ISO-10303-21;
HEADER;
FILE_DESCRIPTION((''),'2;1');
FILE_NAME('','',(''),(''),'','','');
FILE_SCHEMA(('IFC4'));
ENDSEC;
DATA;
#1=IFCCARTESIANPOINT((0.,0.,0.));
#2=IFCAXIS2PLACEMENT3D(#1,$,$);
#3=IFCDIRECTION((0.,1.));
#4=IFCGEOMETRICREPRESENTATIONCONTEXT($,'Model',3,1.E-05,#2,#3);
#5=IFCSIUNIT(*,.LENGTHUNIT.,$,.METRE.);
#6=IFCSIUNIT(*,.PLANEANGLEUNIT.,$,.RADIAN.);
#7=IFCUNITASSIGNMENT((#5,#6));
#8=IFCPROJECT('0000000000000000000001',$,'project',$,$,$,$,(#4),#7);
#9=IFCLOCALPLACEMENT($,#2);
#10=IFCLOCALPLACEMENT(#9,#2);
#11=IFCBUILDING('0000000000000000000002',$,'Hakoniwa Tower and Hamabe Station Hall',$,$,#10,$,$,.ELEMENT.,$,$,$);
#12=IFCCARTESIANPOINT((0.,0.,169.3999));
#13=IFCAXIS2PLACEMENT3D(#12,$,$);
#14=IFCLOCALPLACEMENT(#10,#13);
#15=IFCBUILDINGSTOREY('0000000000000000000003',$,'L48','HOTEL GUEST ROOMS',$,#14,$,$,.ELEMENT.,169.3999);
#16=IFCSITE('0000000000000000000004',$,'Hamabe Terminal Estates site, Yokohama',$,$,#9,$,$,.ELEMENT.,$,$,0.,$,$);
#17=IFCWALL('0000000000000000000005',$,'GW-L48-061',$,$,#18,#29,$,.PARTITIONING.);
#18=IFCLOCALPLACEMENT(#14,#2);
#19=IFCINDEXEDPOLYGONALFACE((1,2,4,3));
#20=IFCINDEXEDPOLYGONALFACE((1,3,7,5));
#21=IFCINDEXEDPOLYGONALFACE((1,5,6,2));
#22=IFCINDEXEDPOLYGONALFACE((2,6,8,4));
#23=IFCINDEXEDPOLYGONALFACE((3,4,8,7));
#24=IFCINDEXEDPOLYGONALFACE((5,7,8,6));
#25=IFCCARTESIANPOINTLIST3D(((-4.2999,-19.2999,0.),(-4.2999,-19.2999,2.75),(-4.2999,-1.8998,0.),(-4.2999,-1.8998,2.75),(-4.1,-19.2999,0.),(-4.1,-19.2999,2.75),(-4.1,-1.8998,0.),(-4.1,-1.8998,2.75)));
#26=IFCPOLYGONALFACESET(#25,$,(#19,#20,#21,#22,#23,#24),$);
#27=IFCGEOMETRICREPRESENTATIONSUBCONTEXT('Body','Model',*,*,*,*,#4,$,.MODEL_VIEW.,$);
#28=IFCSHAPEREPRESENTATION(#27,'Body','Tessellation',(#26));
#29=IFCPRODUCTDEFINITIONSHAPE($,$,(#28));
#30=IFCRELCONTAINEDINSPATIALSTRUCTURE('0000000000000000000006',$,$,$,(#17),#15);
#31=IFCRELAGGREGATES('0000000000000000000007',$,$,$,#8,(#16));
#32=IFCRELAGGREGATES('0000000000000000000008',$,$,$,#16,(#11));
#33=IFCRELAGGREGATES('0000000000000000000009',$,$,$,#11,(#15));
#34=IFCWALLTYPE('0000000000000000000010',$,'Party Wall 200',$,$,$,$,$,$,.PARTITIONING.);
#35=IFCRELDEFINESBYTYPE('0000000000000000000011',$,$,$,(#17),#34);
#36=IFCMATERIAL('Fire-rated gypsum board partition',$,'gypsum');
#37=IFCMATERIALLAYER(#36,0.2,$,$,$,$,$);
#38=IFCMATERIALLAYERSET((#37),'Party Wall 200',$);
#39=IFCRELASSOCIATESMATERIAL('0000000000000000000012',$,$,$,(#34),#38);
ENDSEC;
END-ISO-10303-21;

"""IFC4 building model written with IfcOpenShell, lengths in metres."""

from ifc_helpers import new_model, si_unit, direction, frame, frame_2d, origin, place, context, subcontext, project, spatial, rectangle, extrude, material, layer, layer_set, type_object, element, save


model = new_model("IFC4")

# Units and contexts
model_context = context("Model", 3, precision=1e-05, world=origin(), true_north=direction((0.0, 1.0)))
body_context = subcontext(model_context, "Body", "Model", "MODEL_VIEW")
ifc_project = project(units=[si_unit("LENGTHUNIT", "METRE"), si_unit("PLANEANGLEUNIT", "RADIAN")], contexts=[model_context])

# Site, building, storey
site_placement = place(None, origin())
site = spatial("IfcSite", under=ifc_project, at=site_placement, Name="Hamabe Terminal Estates site, Yokohama", CompositionType="ELEMENT", RefElevation=0.0)
building_placement = place(site_placement, origin())
building = spatial("IfcBuilding", under=site, at=building_placement, Name="Hakoniwa Tower and Hamabe Station Hall", CompositionType="ELEMENT")
storey_placement = place(building_placement, frame((0.0, 0.0, 169.3999)))
storey = spatial("IfcBuildingStorey", under=building, at=storey_placement, Name="L48", Description="HOTEL GUEST ROOMS", CompositionType="ELEMENT", Elevation=169.3999)

# Wall
ifc_material_1 = material(Name="Fire-rated gypsum board partition", Category="gypsum")
ifc_layer_1 = layer(ifc_material_1, 0.2)
ifc_layer_set_1 = layer_set([ifc_layer_1], Name="Party Wall 200")
wall_type_1 = type_object("IfcWallType", Name="Party Wall 200", PredefinedType="PARTITIONING", material=ifc_layer_set_1)
wall_1_placement = place(storey_placement, frame((-4.2, -19.3, 0.0), z_axis=(0.0, 0.0, 1.0), x_axis=(0.0, 1.0, 0.0)))
element("IfcWall", 1, at=wall_1_placement, inside=storey, type_object=wall_type_1, Name="GW-L48-061", PredefinedType="PARTITIONING", context=body_context, shape_type="SweptSolid", body=[
    extrude(rectangle(XDim=17.4001, YDim=0.2, at=frame_2d((8.7002, 0.0))), origin(), (0.0, 0.0, 1.0), 2.75),
])

save(model, "model.ifc")
